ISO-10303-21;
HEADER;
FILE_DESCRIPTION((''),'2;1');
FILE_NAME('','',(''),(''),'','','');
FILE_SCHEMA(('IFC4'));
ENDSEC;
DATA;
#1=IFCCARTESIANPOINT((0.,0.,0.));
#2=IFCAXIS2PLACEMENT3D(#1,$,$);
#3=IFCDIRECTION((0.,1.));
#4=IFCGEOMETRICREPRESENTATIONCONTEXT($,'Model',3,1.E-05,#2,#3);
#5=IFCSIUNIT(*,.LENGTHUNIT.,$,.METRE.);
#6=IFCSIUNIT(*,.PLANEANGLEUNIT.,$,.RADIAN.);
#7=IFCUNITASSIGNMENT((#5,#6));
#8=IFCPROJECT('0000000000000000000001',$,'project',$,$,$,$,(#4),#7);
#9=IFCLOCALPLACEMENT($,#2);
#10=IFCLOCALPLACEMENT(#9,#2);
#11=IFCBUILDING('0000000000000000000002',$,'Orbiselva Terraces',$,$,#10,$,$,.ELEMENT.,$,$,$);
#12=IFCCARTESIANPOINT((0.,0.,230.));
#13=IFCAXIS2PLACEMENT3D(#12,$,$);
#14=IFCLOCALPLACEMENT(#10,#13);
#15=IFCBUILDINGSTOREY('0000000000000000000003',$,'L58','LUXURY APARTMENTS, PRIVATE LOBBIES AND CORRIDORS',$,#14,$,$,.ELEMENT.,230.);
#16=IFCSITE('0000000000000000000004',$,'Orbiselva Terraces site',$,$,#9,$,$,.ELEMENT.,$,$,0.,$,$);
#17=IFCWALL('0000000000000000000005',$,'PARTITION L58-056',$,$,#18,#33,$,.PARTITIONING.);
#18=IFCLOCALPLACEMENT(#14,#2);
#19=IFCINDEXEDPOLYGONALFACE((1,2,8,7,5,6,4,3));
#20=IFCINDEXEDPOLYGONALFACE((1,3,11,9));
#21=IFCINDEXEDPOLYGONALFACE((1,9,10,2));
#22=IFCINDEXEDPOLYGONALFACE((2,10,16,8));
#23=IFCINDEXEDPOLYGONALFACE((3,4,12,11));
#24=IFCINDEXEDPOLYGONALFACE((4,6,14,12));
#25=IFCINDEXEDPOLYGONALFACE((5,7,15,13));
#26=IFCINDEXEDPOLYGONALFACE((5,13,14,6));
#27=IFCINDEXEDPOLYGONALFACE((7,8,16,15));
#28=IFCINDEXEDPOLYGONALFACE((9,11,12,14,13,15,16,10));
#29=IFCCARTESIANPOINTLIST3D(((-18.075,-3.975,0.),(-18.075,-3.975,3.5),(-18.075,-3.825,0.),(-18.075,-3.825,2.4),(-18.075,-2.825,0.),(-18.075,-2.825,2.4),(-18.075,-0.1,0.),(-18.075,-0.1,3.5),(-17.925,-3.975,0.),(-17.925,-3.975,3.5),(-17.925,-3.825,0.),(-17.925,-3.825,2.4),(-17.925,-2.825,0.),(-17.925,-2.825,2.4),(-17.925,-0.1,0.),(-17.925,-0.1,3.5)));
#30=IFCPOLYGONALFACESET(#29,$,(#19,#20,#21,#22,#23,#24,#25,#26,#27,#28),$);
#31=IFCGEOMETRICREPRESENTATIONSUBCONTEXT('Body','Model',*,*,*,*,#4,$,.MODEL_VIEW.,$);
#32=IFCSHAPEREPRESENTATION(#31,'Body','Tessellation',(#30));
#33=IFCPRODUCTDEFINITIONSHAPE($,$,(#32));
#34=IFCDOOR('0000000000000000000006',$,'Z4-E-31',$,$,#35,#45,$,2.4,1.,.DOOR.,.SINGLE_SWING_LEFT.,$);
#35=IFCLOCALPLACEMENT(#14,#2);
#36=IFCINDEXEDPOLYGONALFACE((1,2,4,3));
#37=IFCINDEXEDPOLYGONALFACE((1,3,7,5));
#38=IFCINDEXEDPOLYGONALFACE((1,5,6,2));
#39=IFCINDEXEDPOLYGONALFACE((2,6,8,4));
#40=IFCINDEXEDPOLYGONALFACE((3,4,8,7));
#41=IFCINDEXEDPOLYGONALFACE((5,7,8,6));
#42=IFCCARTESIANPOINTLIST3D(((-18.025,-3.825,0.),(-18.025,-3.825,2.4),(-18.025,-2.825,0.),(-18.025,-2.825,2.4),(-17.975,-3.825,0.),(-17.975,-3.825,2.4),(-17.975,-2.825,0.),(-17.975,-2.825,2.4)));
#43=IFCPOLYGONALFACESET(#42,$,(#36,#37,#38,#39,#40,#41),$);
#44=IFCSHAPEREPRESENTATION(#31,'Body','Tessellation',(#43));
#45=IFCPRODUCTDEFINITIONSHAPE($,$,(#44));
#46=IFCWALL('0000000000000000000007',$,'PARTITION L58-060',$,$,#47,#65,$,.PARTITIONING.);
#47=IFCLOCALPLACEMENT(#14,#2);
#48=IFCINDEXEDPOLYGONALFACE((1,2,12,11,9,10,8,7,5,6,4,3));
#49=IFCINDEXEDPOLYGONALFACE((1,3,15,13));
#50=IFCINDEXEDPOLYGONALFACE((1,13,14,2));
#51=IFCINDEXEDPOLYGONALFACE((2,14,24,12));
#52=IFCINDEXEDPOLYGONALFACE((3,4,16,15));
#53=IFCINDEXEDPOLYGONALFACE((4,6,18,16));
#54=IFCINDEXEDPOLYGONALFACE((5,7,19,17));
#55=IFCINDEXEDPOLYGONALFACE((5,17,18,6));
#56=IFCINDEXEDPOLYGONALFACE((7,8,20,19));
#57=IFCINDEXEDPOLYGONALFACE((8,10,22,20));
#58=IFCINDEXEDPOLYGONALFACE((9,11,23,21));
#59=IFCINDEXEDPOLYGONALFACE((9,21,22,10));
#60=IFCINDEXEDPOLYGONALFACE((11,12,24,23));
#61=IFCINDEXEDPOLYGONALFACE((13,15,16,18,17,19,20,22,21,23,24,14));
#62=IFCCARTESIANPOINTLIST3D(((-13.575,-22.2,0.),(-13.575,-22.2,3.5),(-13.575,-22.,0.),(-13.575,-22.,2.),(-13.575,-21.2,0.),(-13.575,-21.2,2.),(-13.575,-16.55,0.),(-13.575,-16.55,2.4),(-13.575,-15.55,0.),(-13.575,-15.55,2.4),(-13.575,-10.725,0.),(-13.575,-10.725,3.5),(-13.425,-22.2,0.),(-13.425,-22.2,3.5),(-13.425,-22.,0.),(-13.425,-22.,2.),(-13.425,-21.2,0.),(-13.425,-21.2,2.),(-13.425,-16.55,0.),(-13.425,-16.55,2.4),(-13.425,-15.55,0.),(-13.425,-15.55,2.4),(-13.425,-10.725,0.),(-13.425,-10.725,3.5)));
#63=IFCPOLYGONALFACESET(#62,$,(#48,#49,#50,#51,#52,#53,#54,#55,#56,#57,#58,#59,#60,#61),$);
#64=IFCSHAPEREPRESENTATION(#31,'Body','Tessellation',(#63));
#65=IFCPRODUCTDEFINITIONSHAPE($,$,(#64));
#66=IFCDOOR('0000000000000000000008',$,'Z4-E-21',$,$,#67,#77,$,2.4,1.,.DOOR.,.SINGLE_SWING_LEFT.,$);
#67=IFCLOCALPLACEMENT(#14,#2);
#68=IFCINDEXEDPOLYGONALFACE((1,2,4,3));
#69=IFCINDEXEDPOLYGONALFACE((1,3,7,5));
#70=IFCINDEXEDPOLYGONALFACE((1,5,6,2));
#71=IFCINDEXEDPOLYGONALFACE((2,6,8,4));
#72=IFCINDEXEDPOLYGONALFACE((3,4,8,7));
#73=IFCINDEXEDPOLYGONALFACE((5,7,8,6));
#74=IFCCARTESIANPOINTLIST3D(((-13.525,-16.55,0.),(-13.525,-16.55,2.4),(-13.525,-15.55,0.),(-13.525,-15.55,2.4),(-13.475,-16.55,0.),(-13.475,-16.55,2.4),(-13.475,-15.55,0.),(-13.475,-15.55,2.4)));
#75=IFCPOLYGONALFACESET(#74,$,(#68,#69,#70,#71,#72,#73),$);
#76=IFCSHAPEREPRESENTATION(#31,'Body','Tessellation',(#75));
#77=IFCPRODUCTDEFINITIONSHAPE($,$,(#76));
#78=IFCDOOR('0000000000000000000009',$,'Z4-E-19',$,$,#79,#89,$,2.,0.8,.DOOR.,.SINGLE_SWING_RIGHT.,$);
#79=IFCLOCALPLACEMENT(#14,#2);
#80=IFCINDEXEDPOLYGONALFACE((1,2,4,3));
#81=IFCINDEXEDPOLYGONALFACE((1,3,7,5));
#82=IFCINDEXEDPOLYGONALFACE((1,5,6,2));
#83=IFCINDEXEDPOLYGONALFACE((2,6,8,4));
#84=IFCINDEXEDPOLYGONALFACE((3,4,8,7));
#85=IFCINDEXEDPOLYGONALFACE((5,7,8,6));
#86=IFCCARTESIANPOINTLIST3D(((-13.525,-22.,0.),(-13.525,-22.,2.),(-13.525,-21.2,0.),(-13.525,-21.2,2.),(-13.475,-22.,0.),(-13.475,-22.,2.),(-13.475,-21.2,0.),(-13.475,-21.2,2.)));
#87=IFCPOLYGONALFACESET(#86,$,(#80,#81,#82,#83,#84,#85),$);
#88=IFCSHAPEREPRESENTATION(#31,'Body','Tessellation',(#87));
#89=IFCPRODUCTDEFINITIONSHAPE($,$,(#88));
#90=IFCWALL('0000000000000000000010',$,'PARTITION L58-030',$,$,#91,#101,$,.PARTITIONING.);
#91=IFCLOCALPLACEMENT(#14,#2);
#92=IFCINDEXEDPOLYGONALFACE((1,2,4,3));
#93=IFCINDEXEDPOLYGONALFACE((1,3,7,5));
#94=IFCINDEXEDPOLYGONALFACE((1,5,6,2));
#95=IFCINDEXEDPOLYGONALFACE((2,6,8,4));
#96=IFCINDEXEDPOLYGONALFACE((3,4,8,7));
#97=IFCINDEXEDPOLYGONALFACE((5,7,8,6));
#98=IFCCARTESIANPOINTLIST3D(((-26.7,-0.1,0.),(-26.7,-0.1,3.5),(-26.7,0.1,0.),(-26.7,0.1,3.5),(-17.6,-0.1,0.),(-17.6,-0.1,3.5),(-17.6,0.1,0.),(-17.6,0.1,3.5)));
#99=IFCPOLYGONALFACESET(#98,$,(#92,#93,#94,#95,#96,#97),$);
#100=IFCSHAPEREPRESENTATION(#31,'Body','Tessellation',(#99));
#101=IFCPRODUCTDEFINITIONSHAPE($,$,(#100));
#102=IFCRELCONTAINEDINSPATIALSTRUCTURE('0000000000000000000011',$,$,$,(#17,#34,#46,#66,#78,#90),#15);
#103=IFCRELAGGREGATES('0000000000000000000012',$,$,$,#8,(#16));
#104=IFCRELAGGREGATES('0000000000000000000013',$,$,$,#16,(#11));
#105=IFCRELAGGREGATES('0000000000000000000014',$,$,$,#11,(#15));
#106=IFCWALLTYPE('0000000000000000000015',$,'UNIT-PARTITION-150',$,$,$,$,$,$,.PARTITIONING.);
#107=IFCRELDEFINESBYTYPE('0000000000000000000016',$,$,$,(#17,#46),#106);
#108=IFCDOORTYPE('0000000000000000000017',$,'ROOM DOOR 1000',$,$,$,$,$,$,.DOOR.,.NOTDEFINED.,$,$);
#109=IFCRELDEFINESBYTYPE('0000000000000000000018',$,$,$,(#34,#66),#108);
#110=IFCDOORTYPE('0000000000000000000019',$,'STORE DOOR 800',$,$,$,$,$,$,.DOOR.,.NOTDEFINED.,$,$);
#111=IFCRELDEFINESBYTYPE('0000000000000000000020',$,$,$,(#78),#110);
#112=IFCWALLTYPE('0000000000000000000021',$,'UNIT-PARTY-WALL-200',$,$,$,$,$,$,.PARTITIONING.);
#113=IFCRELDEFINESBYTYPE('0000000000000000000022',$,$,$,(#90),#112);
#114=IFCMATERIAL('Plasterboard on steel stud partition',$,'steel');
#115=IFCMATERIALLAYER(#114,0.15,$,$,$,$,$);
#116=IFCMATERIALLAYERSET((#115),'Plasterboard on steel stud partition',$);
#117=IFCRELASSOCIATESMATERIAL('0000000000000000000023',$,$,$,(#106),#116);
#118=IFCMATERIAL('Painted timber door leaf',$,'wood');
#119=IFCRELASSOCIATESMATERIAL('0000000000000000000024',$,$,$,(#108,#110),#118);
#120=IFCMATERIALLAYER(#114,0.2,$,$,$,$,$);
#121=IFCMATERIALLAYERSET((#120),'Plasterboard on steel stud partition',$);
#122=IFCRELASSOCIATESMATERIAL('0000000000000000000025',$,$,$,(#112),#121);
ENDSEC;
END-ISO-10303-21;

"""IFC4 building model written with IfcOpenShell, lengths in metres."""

from ifc_helpers import new_model, si_unit, direction, frame, frame_2d, origin, place, context, subcontext, project, spatial, rectangle, extrude, material, layer, layer_set, type_object, element, fill, save


model = new_model("IFC4")

# Units and contexts
model_context = context("Model", 3, precision=1e-05, world=origin(), true_north=direction((0.0, 1.0)))
body_context = subcontext(model_context, "Body", "Model", "MODEL_VIEW")
ifc_project = project(units=[si_unit("LENGTHUNIT", "METRE"), si_unit("PLANEANGLEUNIT", "RADIAN")], contexts=[model_context])

# Site, building, storey
site_placement = place(None, origin())
site = spatial("IfcSite", under=ifc_project, at=site_placement, Name="Orbiselva Terraces site", CompositionType="ELEMENT", RefElevation=0.0)
building_placement = place(site_placement, origin())
building = spatial("IfcBuilding", under=site, at=building_placement, Name="Orbiselva Terraces", CompositionType="ELEMENT")
storey_placement = place(building_placement, frame((0.0, 0.0, 230.0)))
storey = spatial("IfcBuildingStorey", under=building, at=storey_placement, Name="L58", Description="LUXURY APARTMENTS, PRIVATE LOBBIES AND CORRIDORS", CompositionType="ELEMENT", Elevation=230.0)

# Shared definitions
ifc_material_1 = material(Name="Plasterboard on steel stud partition", Category="steel")
ifc_layer_1 = layer(ifc_material_1, 0.15)
ifc_layer_set_1 = layer_set([ifc_layer_1], Name="Plasterboard on steel stud partition")
wall_type_1 = type_object("IfcWallType", Name="UNIT-PARTITION-150", PredefinedType="PARTITIONING", material=ifc_layer_set_1)

# Shared definitions
ifc_material_2 = material(Name="Painted timber door leaf", Category="wood")

# Shared definitions
door_type_1 = type_object("IfcDoorType", Name="ROOM DOOR 1000", OperationType="NOTDEFINED", PredefinedType="DOOR", material=ifc_material_2)

# Wall, opening, door
wall_1_placement = place(storey_placement, frame((-18.0, -3.975, 0.0), z_axis=(0.0, 0.0, 1.0), x_axis=(0.0, 1.0, 0.0)))
wall_1 = element("IfcWall", 1, at=wall_1_placement, inside=storey, type_object=wall_type_1, Name="PARTITION L58-056", PredefinedType="PARTITIONING", context=body_context, shape_type="SweptSolid", body=[
    extrude(rectangle(XDim=3.875, YDim=0.15, at=frame_2d((1.9375, 0.0))), origin(), (0.0, 0.0, 1.0), 3.5),
])
opening_1_placement = place(wall_1_placement, frame((0.15, 0.0, 0.0)))
opening_1 = element("IfcOpeningElement", 2, at=opening_1_placement, cuts=wall_1, PredefinedType="OPENING", context=body_context, shape_type="SweptSolid", body=[
    extrude(rectangle(XDim=1.0, YDim=2.4, at=frame_2d((0.5, 1.2))), frame((0.0, 0.085, 0.0), z_axis=(0.0, -1.0, 0.0), x_axis=(1.0, 0.0, 0.0)), (0.0, 0.0, 1.0), 0.17),
])
door_1_placement = place(opening_1_placement, origin())
door_1 = element("IfcDoor", 3, at=door_1_placement, inside=storey, type_object=door_type_1, Name="Z4-E-31", OperationType="SINGLE_SWING_LEFT", OverallHeight=2.4, OverallWidth=1.0, PredefinedType="DOOR", context=body_context, shape_type="SweptSolid", body=[
    extrude(rectangle(XDim=1.0, YDim=2.4, at=frame_2d((0.5, 1.2))), frame((0.0, 0.025, 0.0), z_axis=(0.0, -1.0, 0.0), x_axis=(1.0, 0.0, 0.0)), (0.0, 0.0, 1.0), 0.05),
])
fill(opening_1, door_1)

# Wall, openings, doors
wall_2_placement = place(storey_placement, frame((-13.5, -10.725, 0.0), z_axis=(0.0, 0.0, 1.0), x_axis=(0.0, -1.0, 0.0)))
wall_2 = element("IfcWall", 4, at=wall_2_placement, inside=storey, type_object=wall_type_1, Name="PARTITION L58-060", PredefinedType="PARTITIONING", context=body_context, shape_type="SweptSolid", body=[
    extrude(rectangle(XDim=11.475, YDim=0.15, at=frame_2d((5.7375, 0.0))), origin(), (0.0, 0.0, 1.0), 3.5),
])
opening_2_placement = place(wall_2_placement, frame((10.475, 0.0, 0.0)))
opening_2 = element("IfcOpeningElement", 5, at=opening_2_placement, cuts=wall_2, PredefinedType="OPENING", context=body_context, shape_type="SweptSolid", body=[
    extrude(rectangle(XDim=0.8, YDim=2.0, at=frame_2d((0.4, 1.0))), frame((0.0, 0.085, 0.0), z_axis=(0.0, -1.0, 0.0), x_axis=(1.0, 0.0, 0.0)), (0.0, 0.0, 1.0), 0.17),
])
opening_3_placement = place(wall_2_placement, frame((4.825, 0.0, 0.0)))
opening_3 = element("IfcOpeningElement", 6, at=opening_3_placement, cuts=wall_2, PredefinedType="OPENING", context=body_context, shape_type="SweptSolid", body=[
    extrude(rectangle(XDim=1.0, YDim=2.4, at=frame_2d((0.5, 1.2))), frame((0.0, 0.085, 0.0), z_axis=(0.0, -1.0, 0.0), x_axis=(1.0, 0.0, 0.0)), (0.0, 0.0, 1.0), 0.17),
])
door_2_placement = place(opening_3_placement, origin())
door_2 = element("IfcDoor", 7, at=door_2_placement, inside=storey, type_object=door_type_1, Name="Z4-E-21", OperationType="SINGLE_SWING_LEFT", OverallHeight=2.4, OverallWidth=1.0, PredefinedType="DOOR", context=body_context, shape_type="SweptSolid", body=[
    extrude(rectangle(XDim=1.0, YDim=2.4, at=frame_2d((0.5, 1.2))), frame((0.0, 0.025, 0.0), z_axis=(0.0, -1.0, 0.0), x_axis=(1.0, 0.0, 0.0)), (0.0, 0.0, 1.0), 0.05),
])
fill(opening_3, door_2)
door_type_2 = type_object("IfcDoorType", Name="STORE DOOR 800", OperationType="NOTDEFINED", PredefinedType="DOOR", material=ifc_material_2)
door_3_placement = place(opening_2_placement, origin())
door_3 = element("IfcDoor", 8, at=door_3_placement, inside=storey, type_object=door_type_2, Name="Z4-E-19", OperationType="SINGLE_SWING_RIGHT", OverallHeight=2.0, OverallWidth=0.8, PredefinedType="DOOR", context=body_context, shape_type="SweptSolid", body=[
    extrude(rectangle(XDim=0.8, YDim=2.0, at=frame_2d((0.4, 1.0))), frame((0.0, 0.025, 0.0), z_axis=(0.0, -1.0, 0.0), x_axis=(1.0, 0.0, 0.0)), (0.0, 0.0, 1.0), 0.05),
])
fill(opening_2, door_3)

# Wall
ifc_layer_2 = layer(ifc_material_1, 0.2)
ifc_layer_set_2 = layer_set([ifc_layer_2], Name="Plasterboard on steel stud partition")
wall_type_2 = type_object("IfcWallType", Name="UNIT-PARTY-WALL-200", PredefinedType="PARTITIONING", material=ifc_layer_set_2)
wall_3_placement = place(storey_placement, frame((-26.7, 0.0, 0.0), z_axis=(0.0, 0.0, 1.0), x_axis=(1.0, 0.0, 0.0)))
element("IfcWall", 9, at=wall_3_placement, inside=storey, type_object=wall_type_2, Name="PARTITION L58-030", PredefinedType="PARTITIONING", context=body_context, shape_type="SweptSolid", body=[
    extrude(rectangle(XDim=9.1, YDim=0.2, at=frame_2d((4.55, 0.0))), origin(), (0.0, 0.0, 1.0), 3.5),
])

save(model, "model.ifc")
